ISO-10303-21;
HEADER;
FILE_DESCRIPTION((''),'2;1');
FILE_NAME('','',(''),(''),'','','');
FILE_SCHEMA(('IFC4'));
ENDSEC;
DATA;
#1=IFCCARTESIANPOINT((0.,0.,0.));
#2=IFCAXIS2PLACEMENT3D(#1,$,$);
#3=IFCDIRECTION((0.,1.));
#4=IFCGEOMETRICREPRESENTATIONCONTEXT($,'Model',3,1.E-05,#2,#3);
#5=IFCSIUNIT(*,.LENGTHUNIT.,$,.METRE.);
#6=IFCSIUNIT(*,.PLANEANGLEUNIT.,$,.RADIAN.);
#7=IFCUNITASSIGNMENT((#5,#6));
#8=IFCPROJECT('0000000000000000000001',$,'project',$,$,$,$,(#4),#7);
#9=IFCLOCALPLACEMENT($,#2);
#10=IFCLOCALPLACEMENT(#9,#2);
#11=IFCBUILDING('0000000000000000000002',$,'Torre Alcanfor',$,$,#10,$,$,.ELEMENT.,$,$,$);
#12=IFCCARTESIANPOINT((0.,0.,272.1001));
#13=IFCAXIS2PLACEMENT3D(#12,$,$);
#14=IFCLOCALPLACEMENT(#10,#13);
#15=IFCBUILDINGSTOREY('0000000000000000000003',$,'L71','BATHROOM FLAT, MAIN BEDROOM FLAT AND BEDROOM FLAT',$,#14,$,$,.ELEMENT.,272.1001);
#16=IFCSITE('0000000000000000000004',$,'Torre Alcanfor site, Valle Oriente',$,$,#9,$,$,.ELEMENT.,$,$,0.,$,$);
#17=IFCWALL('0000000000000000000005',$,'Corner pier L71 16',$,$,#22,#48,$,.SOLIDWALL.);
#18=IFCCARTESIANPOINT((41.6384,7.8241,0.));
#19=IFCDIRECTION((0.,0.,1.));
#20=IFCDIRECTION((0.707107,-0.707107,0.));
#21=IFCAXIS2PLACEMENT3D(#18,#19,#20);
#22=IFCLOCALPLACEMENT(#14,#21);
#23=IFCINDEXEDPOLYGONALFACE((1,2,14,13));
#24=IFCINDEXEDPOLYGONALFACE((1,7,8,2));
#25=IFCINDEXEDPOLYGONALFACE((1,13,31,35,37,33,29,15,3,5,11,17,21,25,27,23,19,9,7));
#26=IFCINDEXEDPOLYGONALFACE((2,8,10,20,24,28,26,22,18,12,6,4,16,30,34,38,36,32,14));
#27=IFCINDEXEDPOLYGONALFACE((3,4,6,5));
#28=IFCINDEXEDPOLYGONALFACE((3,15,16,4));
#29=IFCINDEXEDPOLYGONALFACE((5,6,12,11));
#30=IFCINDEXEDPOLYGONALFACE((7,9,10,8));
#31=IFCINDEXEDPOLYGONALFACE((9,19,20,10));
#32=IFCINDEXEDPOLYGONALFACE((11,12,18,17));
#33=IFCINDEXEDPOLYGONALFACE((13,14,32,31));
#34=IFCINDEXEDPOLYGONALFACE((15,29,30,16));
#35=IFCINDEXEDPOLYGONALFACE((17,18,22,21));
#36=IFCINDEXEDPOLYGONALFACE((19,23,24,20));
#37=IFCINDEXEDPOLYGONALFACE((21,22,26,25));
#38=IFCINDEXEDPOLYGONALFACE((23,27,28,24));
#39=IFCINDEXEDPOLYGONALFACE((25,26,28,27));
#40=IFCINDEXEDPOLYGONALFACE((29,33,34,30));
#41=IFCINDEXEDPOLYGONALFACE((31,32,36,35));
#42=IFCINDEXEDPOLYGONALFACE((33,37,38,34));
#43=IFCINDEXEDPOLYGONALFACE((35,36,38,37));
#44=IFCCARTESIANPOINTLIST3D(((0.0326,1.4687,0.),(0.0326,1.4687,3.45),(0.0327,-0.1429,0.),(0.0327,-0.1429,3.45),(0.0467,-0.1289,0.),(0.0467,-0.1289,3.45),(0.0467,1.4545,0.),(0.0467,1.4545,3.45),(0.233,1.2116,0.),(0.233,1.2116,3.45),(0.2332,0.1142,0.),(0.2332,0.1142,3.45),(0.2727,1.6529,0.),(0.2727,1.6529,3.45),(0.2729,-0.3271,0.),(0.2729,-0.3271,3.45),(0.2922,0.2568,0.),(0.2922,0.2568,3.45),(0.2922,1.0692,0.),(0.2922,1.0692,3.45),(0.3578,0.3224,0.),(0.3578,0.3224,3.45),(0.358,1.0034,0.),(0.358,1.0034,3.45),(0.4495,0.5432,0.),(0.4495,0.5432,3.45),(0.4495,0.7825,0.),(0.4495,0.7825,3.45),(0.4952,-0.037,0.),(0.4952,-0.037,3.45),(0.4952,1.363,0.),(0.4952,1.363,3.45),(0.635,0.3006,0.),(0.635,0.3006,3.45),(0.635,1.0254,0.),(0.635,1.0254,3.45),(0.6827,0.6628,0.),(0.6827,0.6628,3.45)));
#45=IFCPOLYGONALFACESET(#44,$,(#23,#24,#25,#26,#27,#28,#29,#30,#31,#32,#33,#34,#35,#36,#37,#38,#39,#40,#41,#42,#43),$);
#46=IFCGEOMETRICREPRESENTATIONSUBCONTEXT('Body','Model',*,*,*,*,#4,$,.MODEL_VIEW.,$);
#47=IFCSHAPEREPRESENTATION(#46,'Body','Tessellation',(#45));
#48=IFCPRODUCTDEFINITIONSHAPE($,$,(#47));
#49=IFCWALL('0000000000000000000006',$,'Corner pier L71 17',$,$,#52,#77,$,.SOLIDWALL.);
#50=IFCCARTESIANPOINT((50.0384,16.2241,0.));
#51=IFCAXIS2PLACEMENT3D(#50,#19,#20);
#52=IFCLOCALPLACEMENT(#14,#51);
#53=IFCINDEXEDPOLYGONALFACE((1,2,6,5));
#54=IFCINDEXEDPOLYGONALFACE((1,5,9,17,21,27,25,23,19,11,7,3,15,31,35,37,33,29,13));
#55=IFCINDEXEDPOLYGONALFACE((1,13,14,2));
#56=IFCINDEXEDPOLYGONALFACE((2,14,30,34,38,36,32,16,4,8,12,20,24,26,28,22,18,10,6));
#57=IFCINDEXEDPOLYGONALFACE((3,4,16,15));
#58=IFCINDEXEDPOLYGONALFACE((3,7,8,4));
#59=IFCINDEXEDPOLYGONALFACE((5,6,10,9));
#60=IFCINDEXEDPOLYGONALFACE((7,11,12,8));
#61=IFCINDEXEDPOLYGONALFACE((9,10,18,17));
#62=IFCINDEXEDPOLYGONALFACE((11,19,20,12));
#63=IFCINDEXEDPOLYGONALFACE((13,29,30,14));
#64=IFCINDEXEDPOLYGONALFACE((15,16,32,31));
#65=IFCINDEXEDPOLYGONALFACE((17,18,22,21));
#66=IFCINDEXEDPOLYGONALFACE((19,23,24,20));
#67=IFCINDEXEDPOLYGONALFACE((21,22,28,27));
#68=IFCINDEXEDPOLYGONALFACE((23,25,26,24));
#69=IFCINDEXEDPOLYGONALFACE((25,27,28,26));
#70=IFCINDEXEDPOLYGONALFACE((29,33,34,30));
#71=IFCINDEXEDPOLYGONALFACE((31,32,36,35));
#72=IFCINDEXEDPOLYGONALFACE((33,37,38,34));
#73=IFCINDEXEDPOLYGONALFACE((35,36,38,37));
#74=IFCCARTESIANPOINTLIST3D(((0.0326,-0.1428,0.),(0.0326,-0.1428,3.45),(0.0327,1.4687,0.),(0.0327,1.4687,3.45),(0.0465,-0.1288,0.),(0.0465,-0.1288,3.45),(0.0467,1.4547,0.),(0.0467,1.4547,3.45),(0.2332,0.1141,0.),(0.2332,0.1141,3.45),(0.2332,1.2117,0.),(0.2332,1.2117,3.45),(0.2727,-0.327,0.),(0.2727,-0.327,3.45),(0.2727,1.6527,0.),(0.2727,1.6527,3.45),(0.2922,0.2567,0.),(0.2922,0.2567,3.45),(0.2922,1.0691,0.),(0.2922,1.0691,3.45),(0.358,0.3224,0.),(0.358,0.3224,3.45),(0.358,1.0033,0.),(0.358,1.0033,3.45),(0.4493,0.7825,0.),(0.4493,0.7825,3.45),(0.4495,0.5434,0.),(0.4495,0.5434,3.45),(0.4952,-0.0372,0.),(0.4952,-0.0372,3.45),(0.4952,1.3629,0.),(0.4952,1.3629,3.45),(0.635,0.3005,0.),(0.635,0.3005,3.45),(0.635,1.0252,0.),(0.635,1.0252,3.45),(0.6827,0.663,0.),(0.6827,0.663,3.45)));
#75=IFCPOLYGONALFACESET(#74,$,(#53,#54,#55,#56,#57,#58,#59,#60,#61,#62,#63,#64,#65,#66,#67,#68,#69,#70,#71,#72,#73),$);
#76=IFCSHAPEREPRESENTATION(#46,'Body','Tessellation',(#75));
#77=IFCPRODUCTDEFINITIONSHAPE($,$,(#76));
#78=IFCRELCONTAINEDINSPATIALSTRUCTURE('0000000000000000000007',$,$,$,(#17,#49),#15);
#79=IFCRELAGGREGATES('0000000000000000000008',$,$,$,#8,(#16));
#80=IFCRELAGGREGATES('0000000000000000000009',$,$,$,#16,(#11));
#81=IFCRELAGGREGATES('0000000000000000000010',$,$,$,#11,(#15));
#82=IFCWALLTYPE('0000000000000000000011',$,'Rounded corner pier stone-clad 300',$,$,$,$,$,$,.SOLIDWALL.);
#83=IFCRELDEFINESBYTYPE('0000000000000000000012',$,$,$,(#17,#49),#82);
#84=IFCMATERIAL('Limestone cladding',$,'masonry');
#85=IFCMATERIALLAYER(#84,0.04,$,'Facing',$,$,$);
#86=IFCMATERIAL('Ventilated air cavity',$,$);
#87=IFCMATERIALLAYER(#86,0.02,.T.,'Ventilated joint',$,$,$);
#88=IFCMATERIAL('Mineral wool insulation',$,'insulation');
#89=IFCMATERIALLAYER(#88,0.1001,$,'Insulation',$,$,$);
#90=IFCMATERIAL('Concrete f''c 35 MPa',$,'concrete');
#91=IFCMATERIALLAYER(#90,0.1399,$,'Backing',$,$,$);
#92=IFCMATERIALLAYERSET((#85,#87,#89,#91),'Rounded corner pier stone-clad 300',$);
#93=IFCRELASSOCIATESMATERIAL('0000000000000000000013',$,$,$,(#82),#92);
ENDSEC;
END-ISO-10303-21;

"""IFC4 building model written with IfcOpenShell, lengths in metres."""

from ifc_helpers import new_model, si_unit, direction, frame, origin, place, context, subcontext, project, spatial, polyline, outline, extrude, material, layer, layer_set, type_object, element, save


model = new_model("IFC4")

# Units and contexts
model_context = context("Model", 3, precision=1e-05, world=origin(), true_north=direction((0.0, 1.0)))
body_context = subcontext(model_context, "Body", "Model", "MODEL_VIEW")
ifc_project = project(units=[si_unit("LENGTHUNIT", "METRE"), si_unit("PLANEANGLEUNIT", "RADIAN")], contexts=[model_context])

# Site, building, storey
site_placement = place(None, origin())
site = spatial("IfcSite", under=ifc_project, at=site_placement, Name="Torre Alcanfor site, Valle Oriente", CompositionType="ELEMENT", RefElevation=0.0)
building_placement = place(site_placement, origin())
building = spatial("IfcBuilding", under=site, at=building_placement, Name="Torre Alcanfor", CompositionType="ELEMENT")
storey_placement = place(building_placement, frame((0.0, 0.0, 272.1001)))
storey = spatial("IfcBuildingStorey", under=building, at=storey_placement, Name="L71", Description="BATHROOM FLAT, MAIN BEDROOM FLAT AND BEDROOM FLAT", CompositionType="ELEMENT", Elevation=272.1001)

# Shared definitions
ifc_material_1 = material(Name="Limestone cladding", Category="masonry")
ifc_material_2 = material(Name="Ventilated air cavity")
ifc_material_3 = material(Name="Mineral wool insulation", Category="insulation")
ifc_material_4 = material(Name="Concrete f'c 35 MPa", Category="concrete")

# Walls
ifc_layer_1 = layer(ifc_material_1, 0.04, Name="Facing")
ifc_layer_2 = layer(ifc_material_2, 0.02, ventilated=True, Name="Ventilated joint")
ifc_layer_3 = layer(ifc_material_3, 0.1001, Name="Insulation")
ifc_layer_4 = layer(ifc_material_4, 0.1399, Name="Backing")
ifc_layer_set_1 = layer_set([ifc_layer_1, ifc_layer_2, ifc_layer_3, ifc_layer_4], Name="Rounded corner pier stone-clad 300")
wall_type_1 = type_object("IfcWallType", Name="Rounded corner pier stone-clad 300", PredefinedType="SOLIDWALL", material=ifc_layer_set_1)
wall_1_placement = place(storey_placement, frame((41.6384, 7.8241, 0.0), z_axis=(0.0, 0.0, 1.0), x_axis=(0.707107, -0.707107, 0.0)))
element("IfcWall", 1, at=wall_1_placement, inside=storey, type_object=wall_type_1, Name="Corner pier L71 16", PredefinedType="SOLIDWALL", context=body_context, shape_type="SweptSolid", body=[
    extrude(outline(polyline([(0.0326, 1.4687), (0.0467, 1.4545), (0.233, 1.2116), (0.2922, 1.0692), (0.358, 1.0034), (0.4495, 0.7825), (0.4495, 0.5432), (0.3578, 0.3224), (0.2922, 0.2568), (0.2332, 0.1142), (0.0467, -0.1289), (0.0327, -0.1429), (0.2729, -0.3271), (0.4952, -0.037), (0.635, 0.3006), (0.6827, 0.6628), (0.635, 1.0254), (0.4952, 1.363), (0.2727, 1.6529), (0.0326, 1.4687)])), origin(), (0.0, 0.0, 1.0), 3.45),
])
wall_2_placement = place(storey_placement, frame((50.0384, 16.2241, 0.0), z_axis=(0.0, 0.0, 1.0), x_axis=(0.707107, -0.707107, 0.0)))
element("IfcWall", 2, at=wall_2_placement, inside=storey, type_object=wall_type_1, Name="Corner pier L71 17", PredefinedType="SOLIDWALL", context=body_context, shape_type="SweptSolid", body=[
    extrude(outline(polyline([(0.0467, 1.4547), (0.2332, 1.2117), (0.2922, 1.0691), (0.358, 1.0033), (0.4493, 0.7825), (0.4495, 0.5434), (0.358, 0.3224), (0.2922, 0.2567), (0.2332, 0.1141), (0.0465, -0.1288), (0.0326, -0.1428), (0.2727, -0.327), (0.4952, -0.0372), (0.635, 0.3005), (0.6827, 0.663), (0.635, 1.0252), (0.4952, 1.3629), (0.2727, 1.6527), (0.0327, 1.4687), (0.0467, 1.4547)])), origin(), (0.0, 0.0, 1.0), 3.45),
])

save(model, "model.ifc")
